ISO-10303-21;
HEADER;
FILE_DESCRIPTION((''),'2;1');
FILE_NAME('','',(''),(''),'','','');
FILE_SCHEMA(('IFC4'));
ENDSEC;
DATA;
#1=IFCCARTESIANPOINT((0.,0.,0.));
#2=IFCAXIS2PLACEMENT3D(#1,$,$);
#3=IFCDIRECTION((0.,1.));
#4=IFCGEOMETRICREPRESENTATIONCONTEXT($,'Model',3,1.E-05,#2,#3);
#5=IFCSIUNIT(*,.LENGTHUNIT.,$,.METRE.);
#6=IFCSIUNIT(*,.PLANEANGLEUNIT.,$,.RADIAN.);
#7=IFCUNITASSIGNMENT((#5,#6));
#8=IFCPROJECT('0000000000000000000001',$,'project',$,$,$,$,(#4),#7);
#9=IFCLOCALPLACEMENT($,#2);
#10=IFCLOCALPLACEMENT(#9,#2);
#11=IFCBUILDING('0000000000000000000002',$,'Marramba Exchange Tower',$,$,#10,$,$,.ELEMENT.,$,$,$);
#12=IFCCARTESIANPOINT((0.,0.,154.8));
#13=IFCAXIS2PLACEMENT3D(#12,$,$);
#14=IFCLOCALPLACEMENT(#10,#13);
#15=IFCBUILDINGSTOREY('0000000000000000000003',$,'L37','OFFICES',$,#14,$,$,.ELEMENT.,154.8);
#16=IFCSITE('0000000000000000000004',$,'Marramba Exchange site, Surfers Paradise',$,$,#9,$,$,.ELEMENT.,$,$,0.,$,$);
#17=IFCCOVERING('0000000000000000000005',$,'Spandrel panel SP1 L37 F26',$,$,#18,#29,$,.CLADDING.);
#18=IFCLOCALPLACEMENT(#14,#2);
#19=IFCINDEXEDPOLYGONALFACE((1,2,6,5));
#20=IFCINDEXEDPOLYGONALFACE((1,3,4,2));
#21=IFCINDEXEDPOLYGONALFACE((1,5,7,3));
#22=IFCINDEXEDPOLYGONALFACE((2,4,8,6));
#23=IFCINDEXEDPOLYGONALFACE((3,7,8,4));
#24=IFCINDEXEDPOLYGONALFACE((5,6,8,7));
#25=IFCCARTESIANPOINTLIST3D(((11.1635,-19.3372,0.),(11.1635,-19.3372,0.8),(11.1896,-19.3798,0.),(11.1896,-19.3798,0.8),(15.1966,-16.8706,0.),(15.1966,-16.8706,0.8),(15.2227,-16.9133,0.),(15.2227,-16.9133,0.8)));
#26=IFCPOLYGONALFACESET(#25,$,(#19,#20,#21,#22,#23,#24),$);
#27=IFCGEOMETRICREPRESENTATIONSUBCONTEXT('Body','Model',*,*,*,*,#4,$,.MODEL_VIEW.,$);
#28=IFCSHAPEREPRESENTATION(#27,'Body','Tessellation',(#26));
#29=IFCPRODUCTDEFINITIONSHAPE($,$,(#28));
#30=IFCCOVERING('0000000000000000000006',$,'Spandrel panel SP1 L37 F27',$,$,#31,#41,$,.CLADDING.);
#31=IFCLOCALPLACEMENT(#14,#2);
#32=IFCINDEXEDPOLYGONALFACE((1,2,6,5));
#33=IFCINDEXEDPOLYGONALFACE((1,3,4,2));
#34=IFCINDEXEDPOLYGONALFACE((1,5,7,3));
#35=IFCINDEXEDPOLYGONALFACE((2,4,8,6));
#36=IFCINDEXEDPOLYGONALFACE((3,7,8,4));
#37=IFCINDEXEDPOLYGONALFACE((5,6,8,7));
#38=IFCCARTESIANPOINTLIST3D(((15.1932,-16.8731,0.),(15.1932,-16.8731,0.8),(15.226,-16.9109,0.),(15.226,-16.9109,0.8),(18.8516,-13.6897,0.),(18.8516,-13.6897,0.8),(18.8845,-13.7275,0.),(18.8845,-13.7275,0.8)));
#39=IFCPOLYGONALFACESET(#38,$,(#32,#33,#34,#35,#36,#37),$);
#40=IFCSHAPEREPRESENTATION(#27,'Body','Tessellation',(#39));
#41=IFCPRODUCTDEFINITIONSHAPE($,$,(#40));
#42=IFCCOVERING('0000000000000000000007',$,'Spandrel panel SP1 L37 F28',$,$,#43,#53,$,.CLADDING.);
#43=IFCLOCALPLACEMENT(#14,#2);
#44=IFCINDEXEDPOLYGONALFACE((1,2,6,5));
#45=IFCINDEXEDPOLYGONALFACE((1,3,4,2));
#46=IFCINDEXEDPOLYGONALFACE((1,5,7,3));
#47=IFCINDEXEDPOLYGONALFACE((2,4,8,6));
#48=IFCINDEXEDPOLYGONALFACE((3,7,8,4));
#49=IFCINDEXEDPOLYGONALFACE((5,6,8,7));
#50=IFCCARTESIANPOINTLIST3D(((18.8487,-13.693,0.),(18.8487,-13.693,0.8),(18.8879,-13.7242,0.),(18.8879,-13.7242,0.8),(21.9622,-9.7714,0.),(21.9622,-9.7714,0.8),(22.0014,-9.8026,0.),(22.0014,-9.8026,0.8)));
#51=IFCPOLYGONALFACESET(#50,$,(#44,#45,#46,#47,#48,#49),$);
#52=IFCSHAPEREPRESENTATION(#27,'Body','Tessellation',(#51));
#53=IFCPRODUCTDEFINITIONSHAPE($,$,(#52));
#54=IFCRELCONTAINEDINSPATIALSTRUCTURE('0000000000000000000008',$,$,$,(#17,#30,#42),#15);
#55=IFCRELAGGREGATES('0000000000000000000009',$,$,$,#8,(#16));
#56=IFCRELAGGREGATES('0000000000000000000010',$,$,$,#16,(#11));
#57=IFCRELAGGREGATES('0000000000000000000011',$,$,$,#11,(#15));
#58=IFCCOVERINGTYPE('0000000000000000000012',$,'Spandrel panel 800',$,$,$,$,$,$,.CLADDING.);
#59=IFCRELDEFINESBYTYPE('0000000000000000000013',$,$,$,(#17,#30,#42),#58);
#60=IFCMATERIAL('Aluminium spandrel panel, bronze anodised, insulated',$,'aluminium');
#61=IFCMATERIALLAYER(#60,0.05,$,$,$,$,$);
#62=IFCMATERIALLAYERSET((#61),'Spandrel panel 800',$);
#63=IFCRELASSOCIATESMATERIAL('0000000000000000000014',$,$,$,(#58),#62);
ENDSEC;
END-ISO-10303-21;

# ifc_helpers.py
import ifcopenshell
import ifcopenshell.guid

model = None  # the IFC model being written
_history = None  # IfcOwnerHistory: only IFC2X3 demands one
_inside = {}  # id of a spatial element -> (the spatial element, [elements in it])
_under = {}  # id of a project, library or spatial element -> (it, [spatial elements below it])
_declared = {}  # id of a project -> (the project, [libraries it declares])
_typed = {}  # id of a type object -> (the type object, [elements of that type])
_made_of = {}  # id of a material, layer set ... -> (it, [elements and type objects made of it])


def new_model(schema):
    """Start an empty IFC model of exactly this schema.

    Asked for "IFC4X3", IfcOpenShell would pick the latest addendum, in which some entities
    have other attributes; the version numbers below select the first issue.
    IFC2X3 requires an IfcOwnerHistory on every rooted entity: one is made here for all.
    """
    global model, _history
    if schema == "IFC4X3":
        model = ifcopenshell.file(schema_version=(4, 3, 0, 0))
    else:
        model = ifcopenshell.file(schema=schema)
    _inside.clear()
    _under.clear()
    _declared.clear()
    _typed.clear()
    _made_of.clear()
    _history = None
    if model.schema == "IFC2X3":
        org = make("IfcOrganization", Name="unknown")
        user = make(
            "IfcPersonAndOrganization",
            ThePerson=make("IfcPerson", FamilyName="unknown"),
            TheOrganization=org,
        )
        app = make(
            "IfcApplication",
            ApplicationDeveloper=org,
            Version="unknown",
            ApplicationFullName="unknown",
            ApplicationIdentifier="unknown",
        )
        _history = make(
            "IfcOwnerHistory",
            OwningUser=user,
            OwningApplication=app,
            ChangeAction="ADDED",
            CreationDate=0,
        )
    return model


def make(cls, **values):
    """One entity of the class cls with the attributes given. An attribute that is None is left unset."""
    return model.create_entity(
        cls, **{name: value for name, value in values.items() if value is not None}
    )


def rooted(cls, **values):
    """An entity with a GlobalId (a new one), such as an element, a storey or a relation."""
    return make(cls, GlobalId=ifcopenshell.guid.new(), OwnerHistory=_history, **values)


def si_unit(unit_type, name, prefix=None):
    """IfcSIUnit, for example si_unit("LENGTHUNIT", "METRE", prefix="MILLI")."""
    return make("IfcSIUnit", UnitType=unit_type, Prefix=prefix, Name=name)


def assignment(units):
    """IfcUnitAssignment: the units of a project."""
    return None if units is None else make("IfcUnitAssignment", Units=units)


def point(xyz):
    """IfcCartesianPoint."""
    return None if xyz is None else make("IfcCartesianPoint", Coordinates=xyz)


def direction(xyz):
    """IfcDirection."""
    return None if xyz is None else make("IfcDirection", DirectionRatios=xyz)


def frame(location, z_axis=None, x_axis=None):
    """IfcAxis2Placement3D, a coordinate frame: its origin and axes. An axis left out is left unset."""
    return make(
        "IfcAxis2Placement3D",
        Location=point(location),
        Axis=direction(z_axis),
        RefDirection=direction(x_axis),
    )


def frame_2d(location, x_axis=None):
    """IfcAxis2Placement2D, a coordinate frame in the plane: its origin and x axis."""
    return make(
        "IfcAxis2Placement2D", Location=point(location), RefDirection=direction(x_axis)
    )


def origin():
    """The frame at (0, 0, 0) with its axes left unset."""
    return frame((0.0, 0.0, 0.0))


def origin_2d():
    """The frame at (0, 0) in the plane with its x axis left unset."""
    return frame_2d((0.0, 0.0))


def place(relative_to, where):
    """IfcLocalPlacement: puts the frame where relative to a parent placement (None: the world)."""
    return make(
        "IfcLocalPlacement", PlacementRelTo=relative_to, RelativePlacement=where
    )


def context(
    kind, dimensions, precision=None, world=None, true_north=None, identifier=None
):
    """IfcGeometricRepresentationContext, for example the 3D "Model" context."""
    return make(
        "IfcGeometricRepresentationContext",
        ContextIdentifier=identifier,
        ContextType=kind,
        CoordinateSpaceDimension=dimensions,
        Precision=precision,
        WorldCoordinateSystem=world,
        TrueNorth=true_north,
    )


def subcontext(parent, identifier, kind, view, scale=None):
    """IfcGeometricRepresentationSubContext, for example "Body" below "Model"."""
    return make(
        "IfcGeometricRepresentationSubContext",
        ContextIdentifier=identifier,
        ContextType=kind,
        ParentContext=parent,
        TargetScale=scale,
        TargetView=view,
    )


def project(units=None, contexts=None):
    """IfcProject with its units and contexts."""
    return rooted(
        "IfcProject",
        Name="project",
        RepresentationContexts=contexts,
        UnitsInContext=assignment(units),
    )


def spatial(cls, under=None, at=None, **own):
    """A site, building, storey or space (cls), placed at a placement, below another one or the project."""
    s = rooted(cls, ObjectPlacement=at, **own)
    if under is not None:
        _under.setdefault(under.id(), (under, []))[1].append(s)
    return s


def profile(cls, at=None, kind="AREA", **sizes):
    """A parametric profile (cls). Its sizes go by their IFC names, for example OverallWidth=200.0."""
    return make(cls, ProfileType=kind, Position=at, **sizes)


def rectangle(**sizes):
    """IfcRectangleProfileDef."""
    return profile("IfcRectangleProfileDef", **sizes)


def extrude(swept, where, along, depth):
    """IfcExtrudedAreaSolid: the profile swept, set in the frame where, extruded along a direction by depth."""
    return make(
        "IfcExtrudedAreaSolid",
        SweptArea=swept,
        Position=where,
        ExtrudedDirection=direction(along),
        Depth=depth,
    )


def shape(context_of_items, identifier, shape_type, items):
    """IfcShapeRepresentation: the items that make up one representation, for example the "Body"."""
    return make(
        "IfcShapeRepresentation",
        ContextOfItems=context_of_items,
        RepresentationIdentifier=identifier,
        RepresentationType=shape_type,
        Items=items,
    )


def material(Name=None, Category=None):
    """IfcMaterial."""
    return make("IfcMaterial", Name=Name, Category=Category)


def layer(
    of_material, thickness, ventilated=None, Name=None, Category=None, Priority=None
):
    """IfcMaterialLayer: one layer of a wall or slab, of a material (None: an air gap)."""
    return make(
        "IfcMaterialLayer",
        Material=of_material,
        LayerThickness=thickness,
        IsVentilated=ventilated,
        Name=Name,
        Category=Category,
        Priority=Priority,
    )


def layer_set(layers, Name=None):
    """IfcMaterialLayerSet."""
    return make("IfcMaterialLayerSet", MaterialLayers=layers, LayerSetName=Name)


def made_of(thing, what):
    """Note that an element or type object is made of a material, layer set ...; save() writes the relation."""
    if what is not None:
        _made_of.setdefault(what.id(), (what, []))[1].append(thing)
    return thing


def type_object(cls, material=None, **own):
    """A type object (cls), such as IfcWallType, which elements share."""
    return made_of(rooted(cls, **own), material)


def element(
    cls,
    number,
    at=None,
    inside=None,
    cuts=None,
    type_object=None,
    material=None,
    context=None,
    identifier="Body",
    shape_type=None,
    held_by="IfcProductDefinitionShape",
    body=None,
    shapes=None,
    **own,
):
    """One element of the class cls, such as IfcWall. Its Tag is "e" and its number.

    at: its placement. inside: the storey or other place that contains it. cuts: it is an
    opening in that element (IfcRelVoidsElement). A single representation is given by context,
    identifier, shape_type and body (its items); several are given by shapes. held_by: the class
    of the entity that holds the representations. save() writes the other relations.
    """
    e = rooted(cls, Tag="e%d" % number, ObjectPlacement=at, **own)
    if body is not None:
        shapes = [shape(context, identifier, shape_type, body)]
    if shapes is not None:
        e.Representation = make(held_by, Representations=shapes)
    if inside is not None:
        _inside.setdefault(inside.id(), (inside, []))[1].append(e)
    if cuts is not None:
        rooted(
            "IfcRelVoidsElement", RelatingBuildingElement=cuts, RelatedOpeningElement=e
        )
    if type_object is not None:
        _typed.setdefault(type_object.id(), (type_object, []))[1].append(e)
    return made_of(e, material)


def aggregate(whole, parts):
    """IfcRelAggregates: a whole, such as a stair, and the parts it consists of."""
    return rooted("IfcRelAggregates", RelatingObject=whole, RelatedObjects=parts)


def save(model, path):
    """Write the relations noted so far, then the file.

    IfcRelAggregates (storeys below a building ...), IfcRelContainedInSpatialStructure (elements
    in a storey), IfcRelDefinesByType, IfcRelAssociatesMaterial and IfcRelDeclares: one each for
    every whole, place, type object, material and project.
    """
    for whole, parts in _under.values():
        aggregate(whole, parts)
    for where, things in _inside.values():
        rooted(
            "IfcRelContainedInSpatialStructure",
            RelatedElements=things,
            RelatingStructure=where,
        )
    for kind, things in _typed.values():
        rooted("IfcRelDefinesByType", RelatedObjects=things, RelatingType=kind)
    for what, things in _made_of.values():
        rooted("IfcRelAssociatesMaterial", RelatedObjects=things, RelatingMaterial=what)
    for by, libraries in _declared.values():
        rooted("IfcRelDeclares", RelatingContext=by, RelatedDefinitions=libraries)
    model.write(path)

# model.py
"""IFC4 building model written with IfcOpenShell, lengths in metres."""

from ifc_helpers import new_model, si_unit, direction, frame, origin, origin_2d, place, context, subcontext, project, spatial, rectangle, extrude, material, layer, layer_set, type_object, element, save


model = new_model("IFC4")

# Units and contexts
model_context = context("Model", 3, precision=1e-05, world=origin(), true_north=direction((0.0, 1.0)))
body_context = subcontext(model_context, "Body", "Model", "MODEL_VIEW")
ifc_project = project(units=[si_unit("LENGTHUNIT", "METRE"), si_unit("PLANEANGLEUNIT", "RADIAN")], contexts=[model_context])

# Site, building, storey
site_placement = place(None, origin())
site = spatial("IfcSite", under=ifc_project, at=site_placement, Name="Marramba Exchange site, Surfers Paradise", CompositionType="ELEMENT", RefElevation=0.0)
building_placement = place(site_placement, origin())
building = spatial("IfcBuilding", under=site, at=building_placement, Name="Marramba Exchange Tower", CompositionType="ELEMENT")
storey_placement = place(building_placement, frame((0.0, 0.0, 154.8)))
storey = spatial("IfcBuildingStorey", under=building, at=storey_placement, Name="L37", Description="OFFICES", CompositionType="ELEMENT", Elevation=154.8)

# Coverings
ifc_material_1 = material(Name="Aluminium spandrel panel, bronze anodised, insulated", Category="aluminium")
ifc_layer_1 = layer(ifc_material_1, 0.05)
ifc_layer_set_1 = layer_set([ifc_layer_1], Name="Spandrel panel 800")
covering_type = type_object("IfcCoveringType", Name="Spandrel panel 800", PredefinedType="CLADDING", material=ifc_layer_set_1)
covering_1_placement = place(storey_placement, frame((13.1931, -18.1252, 0.0), z_axis=(0.0, 0.0, 1.0), x_axis=(0.853109, 0.521733, 0.0)))
element("IfcCovering", 1, at=covering_1_placement, inside=storey, type_object=covering_type, Name="Spandrel panel SP1 L37 F26", PredefinedType="CLADDING", context=body_context, shape_type="SweptSolid", body=[
    extrude(rectangle(XDim=4.7275, YDim=0.05, at=origin_2d()), origin(), (0.0, 0.0, 1.0), 0.8),
])
covering_2_placement = place(storey_placement, frame((17.0388, -15.3003, 0.0), z_axis=(0.0, 0.0, 1.0), x_axis=(0.754386, 0.656432, 0.0)))
element("IfcCovering", 2, at=covering_2_placement, inside=storey, type_object=covering_type, Name="Spandrel panel SP1 L37 F27", PredefinedType="CLADDING", context=body_context, shape_type="SweptSolid", body=[
    extrude(rectangle(XDim=4.8496, YDim=0.05, at=origin_2d()), origin(), (0.0, 0.0, 1.0), 0.8),
])
covering_3_placement = place(storey_placement, frame((20.425, -11.7478, 0.0), z_axis=(0.0, 0.0, 1.0), x_axis=(0.621807, 0.78317, 0.0)))
element("IfcCovering", 3, at=covering_3_placement, inside=storey, type_object=covering_type, Name="Spandrel panel SP1 L37 F28", PredefinedType="CLADDING", context=body_context, shape_type="SweptSolid", body=[
    extrude(rectangle(XDim=5.0073, YDim=0.05, at=origin_2d()), origin(), (0.0, 0.0, 1.0), 0.8),
])

save(model, "model.ifc")
